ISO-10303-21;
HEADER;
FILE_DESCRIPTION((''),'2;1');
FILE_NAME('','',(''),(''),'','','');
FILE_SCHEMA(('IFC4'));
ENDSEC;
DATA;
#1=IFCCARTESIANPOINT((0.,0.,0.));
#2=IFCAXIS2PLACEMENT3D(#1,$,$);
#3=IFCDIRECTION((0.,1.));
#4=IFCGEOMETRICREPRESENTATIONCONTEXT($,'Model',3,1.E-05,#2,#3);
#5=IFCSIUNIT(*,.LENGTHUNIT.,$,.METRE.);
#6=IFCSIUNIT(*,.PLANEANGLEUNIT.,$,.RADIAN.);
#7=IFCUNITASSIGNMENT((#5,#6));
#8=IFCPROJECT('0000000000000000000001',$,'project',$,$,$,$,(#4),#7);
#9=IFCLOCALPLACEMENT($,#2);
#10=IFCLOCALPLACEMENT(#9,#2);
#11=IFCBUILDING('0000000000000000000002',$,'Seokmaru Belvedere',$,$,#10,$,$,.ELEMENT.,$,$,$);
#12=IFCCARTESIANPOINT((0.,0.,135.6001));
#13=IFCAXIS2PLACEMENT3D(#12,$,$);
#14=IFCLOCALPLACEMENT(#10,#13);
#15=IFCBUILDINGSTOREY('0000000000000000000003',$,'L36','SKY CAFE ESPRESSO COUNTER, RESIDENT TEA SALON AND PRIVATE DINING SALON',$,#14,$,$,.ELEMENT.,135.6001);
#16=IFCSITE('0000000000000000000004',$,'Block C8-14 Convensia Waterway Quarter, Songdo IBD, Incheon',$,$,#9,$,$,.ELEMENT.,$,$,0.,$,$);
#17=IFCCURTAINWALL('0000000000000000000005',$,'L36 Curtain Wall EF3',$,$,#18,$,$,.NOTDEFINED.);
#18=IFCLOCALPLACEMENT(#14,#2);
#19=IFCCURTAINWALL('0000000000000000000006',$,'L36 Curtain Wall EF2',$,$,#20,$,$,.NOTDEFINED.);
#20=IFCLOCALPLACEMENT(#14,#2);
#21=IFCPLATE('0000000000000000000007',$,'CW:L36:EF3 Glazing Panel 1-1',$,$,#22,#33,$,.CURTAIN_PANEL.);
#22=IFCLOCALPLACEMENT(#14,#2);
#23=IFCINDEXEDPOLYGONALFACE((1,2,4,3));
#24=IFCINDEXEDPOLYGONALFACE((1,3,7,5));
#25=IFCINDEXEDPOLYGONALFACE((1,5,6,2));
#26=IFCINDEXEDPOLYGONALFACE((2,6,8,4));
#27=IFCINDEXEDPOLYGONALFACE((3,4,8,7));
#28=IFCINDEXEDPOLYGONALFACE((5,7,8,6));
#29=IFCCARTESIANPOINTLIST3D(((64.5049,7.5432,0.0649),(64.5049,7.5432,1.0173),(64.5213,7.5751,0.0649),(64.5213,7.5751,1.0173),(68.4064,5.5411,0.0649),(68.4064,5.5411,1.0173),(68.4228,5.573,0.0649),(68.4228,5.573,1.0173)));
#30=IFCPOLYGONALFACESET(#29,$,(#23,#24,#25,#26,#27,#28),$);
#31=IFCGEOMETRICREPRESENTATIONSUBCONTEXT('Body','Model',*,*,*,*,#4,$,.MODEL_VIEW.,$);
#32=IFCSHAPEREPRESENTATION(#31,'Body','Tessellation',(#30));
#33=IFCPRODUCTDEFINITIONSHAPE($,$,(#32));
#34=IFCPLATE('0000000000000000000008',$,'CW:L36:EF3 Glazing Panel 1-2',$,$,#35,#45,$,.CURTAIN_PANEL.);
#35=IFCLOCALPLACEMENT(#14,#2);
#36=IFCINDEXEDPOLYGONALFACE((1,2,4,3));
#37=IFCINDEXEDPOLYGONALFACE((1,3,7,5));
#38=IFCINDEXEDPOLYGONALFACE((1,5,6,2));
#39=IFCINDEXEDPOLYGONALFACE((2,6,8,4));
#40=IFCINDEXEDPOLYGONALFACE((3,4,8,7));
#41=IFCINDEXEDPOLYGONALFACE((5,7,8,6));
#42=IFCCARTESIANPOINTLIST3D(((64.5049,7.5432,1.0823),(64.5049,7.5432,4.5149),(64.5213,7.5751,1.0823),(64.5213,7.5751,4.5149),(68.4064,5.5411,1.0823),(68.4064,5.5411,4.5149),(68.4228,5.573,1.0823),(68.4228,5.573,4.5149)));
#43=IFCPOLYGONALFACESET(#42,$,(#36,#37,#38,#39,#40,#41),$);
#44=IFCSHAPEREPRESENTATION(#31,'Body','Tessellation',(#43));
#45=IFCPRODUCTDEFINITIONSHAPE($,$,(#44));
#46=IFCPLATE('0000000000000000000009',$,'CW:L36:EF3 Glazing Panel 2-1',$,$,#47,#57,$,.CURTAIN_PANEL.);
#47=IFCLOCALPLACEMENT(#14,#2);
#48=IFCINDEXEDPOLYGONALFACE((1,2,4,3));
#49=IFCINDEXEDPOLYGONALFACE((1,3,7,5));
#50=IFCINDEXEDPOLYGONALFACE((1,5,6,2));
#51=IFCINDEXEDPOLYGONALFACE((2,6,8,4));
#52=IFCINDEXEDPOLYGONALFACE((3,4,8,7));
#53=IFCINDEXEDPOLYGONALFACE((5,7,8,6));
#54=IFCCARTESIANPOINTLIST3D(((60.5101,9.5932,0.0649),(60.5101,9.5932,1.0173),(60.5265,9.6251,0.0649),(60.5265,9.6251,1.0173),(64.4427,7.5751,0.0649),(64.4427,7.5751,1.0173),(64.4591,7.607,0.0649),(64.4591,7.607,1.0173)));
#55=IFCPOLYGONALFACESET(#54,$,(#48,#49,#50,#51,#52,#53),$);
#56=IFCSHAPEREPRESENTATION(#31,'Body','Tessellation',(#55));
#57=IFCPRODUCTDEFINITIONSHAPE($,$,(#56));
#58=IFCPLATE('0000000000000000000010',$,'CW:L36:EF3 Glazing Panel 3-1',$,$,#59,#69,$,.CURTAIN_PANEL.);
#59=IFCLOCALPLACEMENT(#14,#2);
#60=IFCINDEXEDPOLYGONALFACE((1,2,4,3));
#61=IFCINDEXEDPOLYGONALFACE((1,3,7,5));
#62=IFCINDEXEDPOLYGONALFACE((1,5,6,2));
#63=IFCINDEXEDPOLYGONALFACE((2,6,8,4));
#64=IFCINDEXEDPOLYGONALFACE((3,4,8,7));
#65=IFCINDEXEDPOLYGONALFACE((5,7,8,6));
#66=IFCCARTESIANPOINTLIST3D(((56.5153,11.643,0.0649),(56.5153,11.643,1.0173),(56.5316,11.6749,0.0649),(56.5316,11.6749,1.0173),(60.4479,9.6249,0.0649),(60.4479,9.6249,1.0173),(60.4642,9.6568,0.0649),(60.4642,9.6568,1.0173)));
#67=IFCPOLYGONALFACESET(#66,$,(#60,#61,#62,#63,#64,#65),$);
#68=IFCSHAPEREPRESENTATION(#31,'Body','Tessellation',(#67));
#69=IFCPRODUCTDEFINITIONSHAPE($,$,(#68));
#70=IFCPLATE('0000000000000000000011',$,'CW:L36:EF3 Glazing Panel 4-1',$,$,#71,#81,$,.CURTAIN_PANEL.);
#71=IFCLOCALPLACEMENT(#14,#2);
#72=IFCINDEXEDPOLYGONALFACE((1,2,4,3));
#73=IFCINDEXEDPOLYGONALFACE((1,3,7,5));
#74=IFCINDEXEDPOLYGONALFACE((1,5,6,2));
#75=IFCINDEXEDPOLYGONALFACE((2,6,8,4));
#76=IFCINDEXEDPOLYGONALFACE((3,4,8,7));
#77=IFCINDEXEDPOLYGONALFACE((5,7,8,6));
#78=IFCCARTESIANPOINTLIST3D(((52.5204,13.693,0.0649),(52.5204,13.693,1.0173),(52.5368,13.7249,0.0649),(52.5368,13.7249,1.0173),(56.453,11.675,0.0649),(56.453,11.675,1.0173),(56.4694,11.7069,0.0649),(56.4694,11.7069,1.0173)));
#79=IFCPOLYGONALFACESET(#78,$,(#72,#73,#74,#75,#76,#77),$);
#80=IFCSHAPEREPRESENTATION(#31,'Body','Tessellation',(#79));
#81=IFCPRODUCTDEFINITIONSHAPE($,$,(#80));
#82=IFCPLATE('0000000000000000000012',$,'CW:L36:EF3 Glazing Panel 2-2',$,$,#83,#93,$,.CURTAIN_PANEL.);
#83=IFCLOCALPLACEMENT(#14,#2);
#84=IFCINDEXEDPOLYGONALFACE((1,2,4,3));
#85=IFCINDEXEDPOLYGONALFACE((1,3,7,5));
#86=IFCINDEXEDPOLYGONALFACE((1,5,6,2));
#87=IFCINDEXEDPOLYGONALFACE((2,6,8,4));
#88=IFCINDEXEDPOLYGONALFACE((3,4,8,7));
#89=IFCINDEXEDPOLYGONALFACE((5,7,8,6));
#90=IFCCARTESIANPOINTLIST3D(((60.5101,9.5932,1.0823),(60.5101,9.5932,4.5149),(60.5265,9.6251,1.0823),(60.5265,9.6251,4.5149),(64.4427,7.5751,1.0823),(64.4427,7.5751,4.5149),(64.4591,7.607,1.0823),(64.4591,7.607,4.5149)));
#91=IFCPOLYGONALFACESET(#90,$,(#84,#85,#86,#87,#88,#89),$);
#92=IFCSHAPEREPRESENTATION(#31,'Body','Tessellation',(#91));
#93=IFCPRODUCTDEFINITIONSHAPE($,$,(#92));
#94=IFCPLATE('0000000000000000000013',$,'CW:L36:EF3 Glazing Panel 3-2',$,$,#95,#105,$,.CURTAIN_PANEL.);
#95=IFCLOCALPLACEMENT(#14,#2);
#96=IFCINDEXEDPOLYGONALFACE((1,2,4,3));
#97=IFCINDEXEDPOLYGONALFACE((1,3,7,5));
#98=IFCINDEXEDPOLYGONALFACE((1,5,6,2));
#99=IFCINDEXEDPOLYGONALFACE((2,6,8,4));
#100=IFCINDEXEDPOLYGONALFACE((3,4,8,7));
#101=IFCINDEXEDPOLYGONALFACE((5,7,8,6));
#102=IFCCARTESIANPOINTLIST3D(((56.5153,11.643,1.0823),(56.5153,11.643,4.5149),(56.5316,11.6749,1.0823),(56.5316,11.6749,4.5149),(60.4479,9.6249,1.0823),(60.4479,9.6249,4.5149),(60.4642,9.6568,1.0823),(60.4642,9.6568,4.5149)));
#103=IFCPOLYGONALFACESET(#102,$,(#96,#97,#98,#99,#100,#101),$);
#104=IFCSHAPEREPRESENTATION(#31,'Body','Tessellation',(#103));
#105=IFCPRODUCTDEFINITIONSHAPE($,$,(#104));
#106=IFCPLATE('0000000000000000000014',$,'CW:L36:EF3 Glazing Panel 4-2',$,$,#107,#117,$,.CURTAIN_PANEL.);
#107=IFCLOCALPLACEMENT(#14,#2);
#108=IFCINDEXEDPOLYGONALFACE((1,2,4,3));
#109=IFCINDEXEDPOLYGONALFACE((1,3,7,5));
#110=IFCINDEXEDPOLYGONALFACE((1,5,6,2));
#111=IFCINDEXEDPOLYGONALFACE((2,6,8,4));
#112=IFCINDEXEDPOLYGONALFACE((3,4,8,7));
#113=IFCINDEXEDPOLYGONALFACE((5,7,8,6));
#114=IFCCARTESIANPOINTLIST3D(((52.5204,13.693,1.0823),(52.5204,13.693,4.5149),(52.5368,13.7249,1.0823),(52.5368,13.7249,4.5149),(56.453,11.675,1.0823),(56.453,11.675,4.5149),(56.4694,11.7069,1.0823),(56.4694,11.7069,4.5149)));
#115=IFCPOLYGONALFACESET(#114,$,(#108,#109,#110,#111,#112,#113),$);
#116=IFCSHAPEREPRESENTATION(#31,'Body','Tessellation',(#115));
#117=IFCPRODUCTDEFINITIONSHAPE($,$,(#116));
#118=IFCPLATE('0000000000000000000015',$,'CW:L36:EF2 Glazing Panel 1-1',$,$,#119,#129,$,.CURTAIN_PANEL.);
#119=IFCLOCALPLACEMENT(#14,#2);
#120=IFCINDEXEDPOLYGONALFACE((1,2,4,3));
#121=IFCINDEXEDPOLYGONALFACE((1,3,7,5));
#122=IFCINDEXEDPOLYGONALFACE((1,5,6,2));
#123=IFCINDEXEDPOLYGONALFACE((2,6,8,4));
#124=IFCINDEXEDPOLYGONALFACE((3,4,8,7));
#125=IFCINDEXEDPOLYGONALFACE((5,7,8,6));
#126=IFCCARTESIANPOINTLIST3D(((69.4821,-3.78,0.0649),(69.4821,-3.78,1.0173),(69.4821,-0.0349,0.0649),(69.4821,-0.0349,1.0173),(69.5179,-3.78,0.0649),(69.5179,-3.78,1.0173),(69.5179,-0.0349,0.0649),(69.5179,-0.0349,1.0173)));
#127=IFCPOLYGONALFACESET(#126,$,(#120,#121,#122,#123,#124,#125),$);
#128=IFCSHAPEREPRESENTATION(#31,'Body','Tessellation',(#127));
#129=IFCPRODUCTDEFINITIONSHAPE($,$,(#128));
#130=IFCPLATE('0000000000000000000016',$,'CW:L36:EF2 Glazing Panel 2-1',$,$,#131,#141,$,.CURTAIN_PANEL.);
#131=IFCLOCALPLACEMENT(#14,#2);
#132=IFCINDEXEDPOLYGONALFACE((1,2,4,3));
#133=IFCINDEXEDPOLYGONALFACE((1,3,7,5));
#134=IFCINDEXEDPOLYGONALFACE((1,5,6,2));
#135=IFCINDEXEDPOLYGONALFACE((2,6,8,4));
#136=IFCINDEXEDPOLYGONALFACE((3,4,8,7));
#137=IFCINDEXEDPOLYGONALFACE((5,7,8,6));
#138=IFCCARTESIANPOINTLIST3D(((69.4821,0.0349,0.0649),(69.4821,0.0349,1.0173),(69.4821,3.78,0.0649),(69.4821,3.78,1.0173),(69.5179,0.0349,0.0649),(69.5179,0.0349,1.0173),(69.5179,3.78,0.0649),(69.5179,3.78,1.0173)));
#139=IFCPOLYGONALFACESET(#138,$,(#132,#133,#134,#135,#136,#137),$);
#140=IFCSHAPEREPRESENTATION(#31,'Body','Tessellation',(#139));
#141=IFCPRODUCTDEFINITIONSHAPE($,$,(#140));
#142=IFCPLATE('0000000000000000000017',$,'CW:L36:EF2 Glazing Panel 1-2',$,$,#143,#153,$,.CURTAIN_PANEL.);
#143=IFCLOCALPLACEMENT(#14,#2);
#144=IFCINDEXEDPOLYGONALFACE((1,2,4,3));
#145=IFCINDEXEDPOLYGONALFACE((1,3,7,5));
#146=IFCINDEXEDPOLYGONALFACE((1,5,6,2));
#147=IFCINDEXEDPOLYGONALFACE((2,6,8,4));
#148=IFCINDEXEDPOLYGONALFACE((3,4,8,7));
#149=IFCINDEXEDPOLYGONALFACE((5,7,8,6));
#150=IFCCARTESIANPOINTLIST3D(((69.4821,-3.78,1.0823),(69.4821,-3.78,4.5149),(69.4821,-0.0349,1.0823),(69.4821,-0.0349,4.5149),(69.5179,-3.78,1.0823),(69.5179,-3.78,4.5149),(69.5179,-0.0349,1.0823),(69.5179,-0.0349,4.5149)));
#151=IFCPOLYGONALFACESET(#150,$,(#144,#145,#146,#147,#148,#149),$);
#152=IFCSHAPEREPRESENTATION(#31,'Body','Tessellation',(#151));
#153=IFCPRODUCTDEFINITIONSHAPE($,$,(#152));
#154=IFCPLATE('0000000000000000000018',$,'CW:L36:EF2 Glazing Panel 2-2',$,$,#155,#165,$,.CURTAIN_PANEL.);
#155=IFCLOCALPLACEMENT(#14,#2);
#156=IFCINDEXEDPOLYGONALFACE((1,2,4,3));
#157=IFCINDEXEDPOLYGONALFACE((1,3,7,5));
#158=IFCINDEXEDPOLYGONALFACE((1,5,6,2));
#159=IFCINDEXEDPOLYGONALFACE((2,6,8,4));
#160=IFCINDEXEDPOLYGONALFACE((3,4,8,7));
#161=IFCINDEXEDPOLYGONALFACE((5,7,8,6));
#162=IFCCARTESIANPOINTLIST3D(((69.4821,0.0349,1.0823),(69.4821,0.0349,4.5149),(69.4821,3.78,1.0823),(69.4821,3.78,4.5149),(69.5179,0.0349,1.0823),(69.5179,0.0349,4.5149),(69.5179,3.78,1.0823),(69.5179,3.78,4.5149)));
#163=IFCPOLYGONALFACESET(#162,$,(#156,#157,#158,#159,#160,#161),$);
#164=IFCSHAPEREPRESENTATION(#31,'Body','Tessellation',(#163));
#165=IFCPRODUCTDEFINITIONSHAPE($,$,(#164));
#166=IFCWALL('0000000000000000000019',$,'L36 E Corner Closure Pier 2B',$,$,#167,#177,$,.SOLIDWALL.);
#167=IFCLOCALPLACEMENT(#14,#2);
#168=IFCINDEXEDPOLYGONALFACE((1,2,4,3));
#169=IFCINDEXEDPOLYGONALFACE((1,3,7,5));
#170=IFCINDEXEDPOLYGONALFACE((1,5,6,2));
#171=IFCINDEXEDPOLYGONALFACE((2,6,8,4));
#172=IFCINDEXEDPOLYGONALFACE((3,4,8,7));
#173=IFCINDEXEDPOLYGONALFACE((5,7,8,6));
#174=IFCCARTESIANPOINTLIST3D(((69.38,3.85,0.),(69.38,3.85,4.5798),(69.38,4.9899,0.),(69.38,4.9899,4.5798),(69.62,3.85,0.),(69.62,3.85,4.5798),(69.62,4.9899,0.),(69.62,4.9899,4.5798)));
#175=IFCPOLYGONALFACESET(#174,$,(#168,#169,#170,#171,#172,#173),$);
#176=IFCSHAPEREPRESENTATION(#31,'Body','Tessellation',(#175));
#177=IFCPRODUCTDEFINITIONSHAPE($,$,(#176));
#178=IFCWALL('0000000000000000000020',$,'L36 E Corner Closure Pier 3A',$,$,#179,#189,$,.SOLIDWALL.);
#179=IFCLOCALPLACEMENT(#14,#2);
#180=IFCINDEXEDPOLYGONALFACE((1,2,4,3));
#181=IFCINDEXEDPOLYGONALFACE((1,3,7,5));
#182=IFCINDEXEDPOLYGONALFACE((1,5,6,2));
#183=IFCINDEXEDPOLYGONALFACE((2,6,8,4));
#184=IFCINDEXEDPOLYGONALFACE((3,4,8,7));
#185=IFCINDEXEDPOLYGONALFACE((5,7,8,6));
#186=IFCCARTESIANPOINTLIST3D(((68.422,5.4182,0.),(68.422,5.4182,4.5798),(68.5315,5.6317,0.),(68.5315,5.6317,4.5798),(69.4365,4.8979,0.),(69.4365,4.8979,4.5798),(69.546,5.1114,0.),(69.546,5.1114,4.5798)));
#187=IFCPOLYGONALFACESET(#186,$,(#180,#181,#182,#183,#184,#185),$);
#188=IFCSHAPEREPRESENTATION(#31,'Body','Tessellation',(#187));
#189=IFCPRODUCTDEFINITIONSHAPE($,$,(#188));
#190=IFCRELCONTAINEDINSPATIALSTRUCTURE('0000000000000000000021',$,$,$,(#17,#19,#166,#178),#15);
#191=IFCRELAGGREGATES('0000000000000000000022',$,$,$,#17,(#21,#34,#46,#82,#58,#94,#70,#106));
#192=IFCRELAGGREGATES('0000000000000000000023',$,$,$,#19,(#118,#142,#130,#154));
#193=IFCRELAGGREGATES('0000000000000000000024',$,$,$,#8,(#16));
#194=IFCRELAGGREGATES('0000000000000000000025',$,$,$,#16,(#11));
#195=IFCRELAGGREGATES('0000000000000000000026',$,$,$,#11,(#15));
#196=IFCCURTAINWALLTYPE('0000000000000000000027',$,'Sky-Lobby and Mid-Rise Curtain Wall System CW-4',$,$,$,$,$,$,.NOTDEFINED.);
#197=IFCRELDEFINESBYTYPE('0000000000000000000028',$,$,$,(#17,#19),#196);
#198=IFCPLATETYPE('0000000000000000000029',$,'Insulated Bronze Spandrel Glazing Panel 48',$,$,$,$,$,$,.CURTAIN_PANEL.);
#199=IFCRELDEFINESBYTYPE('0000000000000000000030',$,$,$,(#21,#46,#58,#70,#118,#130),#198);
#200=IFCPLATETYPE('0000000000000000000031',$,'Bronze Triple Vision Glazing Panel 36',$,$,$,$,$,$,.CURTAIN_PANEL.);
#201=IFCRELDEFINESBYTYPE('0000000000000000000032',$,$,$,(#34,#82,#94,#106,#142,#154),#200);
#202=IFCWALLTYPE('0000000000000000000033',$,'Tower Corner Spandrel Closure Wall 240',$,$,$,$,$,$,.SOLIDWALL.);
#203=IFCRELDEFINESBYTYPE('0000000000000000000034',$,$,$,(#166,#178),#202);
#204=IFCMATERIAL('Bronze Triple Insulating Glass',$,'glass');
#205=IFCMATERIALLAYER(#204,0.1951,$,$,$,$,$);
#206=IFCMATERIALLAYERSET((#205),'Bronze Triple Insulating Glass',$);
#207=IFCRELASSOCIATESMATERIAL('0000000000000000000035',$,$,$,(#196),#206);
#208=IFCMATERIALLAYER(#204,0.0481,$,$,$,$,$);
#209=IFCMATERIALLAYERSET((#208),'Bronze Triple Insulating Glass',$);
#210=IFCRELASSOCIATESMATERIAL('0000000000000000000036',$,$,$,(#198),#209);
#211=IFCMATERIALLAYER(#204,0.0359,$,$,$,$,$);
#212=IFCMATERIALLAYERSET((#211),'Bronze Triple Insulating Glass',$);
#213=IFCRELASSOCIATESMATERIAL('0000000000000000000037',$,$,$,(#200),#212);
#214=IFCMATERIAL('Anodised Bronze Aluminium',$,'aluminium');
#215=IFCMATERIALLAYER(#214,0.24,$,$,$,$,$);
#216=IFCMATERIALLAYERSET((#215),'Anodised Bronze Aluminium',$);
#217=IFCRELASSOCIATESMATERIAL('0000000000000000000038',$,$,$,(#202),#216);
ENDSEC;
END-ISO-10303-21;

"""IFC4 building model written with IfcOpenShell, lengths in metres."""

from ifc_helpers import new_model, si_unit, direction, frame, frame_2d, origin, origin_2d, place, context, subcontext, project, spatial, rectangle, extrude, source, transform, mapped, material, layer, layer_set, type_object, type_shapes, element, aggregate, save


model = new_model("IFC4")

# Units and contexts
model_context = context("Model", 3, precision=1e-05, world=origin(), true_north=direction((0.0, 1.0)))
body_context = subcontext(model_context, "Body", "Model", "MODEL_VIEW")
ifc_project = project(units=[si_unit("LENGTHUNIT", "METRE"), si_unit("PLANEANGLEUNIT", "RADIAN")], contexts=[model_context])

# Site, building, storey
site_placement = place(None, origin())
site = spatial("IfcSite", under=ifc_project, at=site_placement, Name="Block C8-14 Convensia Waterway Quarter, Songdo IBD, Incheon", CompositionType="ELEMENT", RefElevation=0.0)
building_placement = place(site_placement, origin())
building = spatial("IfcBuilding", under=site, at=building_placement, Name="Seokmaru Belvedere", CompositionType="ELEMENT")
storey_placement = place(building_placement, frame((0.0, 0.0, 135.6001)))
storey = spatial("IfcBuildingStorey", under=building, at=storey_placement, Name="L36", Description="SKY CAFE ESPRESSO COUNTER, RESIDENT TEA SALON AND PRIVATE DINING SALON", CompositionType="ELEMENT", Elevation=135.6001)

# Curtain wall
ifc_material_1 = material(Name="Bronze Triple Insulating Glass", Category="glass")
ifc_layer_1 = layer(ifc_material_1, 0.1951)
ifc_layer_set_1 = layer_set([ifc_layer_1], Name="Bronze Triple Insulating Glass")
curtain_wall_type = type_object("IfcCurtainWallType", Name="Sky-Lobby and Mid-Rise Curtain Wall System CW-4", PredefinedType="NOTDEFINED", material=ifc_layer_set_1)
curtain_wall_1_placement = place(storey_placement, origin())
curtain_wall_1 = element("IfcCurtainWall", 1, at=curtain_wall_1_placement, inside=storey, type_object=curtain_wall_type, Name="L36 Curtain Wall EF3", PredefinedType="NOTDEFINED")
ifc_material_2 = material(Name="Anodised Bronze Aluminium", Category="aluminium")

# Curtain wall
curtain_wall_2_placement = place(storey_placement, origin())
curtain_wall_2 = element("IfcCurtainWall", 2, at=curtain_wall_2_placement, inside=storey, type_object=curtain_wall_type, Name="L36 Curtain Wall EF2", PredefinedType="NOTDEFINED")

# Plates
ifc_layer_2 = layer(ifc_material_1, 0.0481)
ifc_layer_set_2 = layer_set([ifc_layer_2], Name="Bronze Triple Insulating Glass")
plate_type_1 = type_object("IfcPlateType", Name="Insulated Bronze Spandrel Glazing Panel 48", PredefinedType="CURTAIN_PANEL", material=ifc_layer_set_2)
shared_shape_1 = source(origin(), body_context, "Body", "SweptSolid", [
    extrude(rectangle(XDim=4.3853, YDim=0.0359, at=origin_2d()), origin(), (0.0, 0.0, 1.0), 0.9524),
])
plate_1_placement = place(storey_placement, frame((66.4639, 6.5581, 0.0649), z_axis=(0.0, 0.0, 1.0), x_axis=(-0.889695, 0.456555, 0.0)))
plate_1 = element("IfcPlate", 3, at=plate_1_placement, type_object=plate_type_1, Name="CW:L36:EF3 Glazing Panel 1-1", PredefinedType="CURTAIN_PANEL", context=body_context, shape_type="MappedRepresentation", body=[
    mapped(shared_shape_1, transform((0.0, 0.0, 0.0), scale=1.0)),
])
ifc_layer_3 = layer(ifc_material_1, 0.0359)
ifc_layer_set_3 = layer_set([ifc_layer_3], Name="Bronze Triple Insulating Glass")
plate_type_2 = type_object("IfcPlateType", Name="Bronze Triple Vision Glazing Panel 36", PredefinedType="CURTAIN_PANEL", material=ifc_layer_set_3)
shared_shape_2 = source(origin(), body_context, "Body", "SweptSolid", [
    extrude(rectangle(XDim=4.3853, YDim=0.0359, at=origin_2d()), origin(), (0.0, 0.0, 1.0), 3.4326),
])
plate_2_placement = place(storey_placement, frame((66.4639, 6.5581, 1.0823), z_axis=(0.0, 0.0, 1.0), x_axis=(-0.889695, 0.456555, 0.0)))
plate_2 = element("IfcPlate", 4, at=plate_2_placement, type_object=plate_type_2, Name="CW:L36:EF3 Glazing Panel 1-2", PredefinedType="CURTAIN_PANEL", context=body_context, shape_type="MappedRepresentation", body=[
    mapped(shared_shape_2, transform((0.0, 0.0, 0.0), scale=1.0)),
])
shared_shape_3 = source(origin(), body_context, "Body", "SweptSolid", [
    extrude(rectangle(XDim=4.4202, YDim=0.0359, at=origin_2d()), origin(), (0.0, 0.0, 1.0), 0.9524),
])
plate_3_placement = place(storey_placement, frame((62.4846, 8.6001, 0.0649), z_axis=(0.0, 0.0, 1.0), x_axis=(-0.889695, 0.456555, 0.0)))
plate_3 = element("IfcPlate", 5, at=plate_3_placement, type_object=plate_type_1, Name="CW:L36:EF3 Glazing Panel 2-1", PredefinedType="CURTAIN_PANEL", context=body_context, shape_type="MappedRepresentation", body=[
    mapped(shared_shape_3, transform((0.0, 0.0, 0.0), scale=1.0)),
])
plate_4_placement = place(storey_placement, frame((58.4897, 10.6499, 0.0649), z_axis=(0.0, 0.0, 1.0), x_axis=(-0.889695, 0.456555, 0.0)))
plate_4 = element("IfcPlate", 6, at=plate_4_placement, type_object=plate_type_1, Name="CW:L36:EF3 Glazing Panel 3-1", PredefinedType="CURTAIN_PANEL", context=body_context, shape_type="MappedRepresentation", body=[
    mapped(shared_shape_3, transform((0.0, 0.0, 0.0), scale=1.0)),
])
plate_5_placement = place(storey_placement, frame((54.4949, 12.7, 0.0649), z_axis=(0.0, 0.0, 1.0), x_axis=(-0.889695, 0.456555, 0.0)))
plate_5 = element("IfcPlate", 7, at=plate_5_placement, type_object=plate_type_1, Name="CW:L36:EF3 Glazing Panel 4-1", PredefinedType="CURTAIN_PANEL", context=body_context, shape_type="MappedRepresentation", body=[
    mapped(shared_shape_3, transform((0.0, 0.0, 0.0), scale=1.0)),
])
shared_shape_4 = source(origin(), body_context, "Body", "SweptSolid", [
    extrude(rectangle(XDim=4.4202, YDim=0.0359, at=origin_2d()), origin(), (0.0, 0.0, 1.0), 3.4326),
])
plate_6_placement = place(storey_placement, frame((62.4846, 8.6001, 1.0823), z_axis=(0.0, 0.0, 1.0), x_axis=(-0.889695, 0.456555, 0.0)))
plate_6 = element("IfcPlate", 8, at=plate_6_placement, type_object=plate_type_2, Name="CW:L36:EF3 Glazing Panel 2-2", PredefinedType="CURTAIN_PANEL", context=body_context, shape_type="MappedRepresentation", body=[
    mapped(shared_shape_4, transform((0.0, 0.0, 0.0), scale=1.0)),
])
plate_7_placement = place(storey_placement, frame((58.4897, 10.6499, 1.0823), z_axis=(0.0, 0.0, 1.0), x_axis=(-0.889695, 0.456555, 0.0)))
plate_7 = element("IfcPlate", 9, at=plate_7_placement, type_object=plate_type_2, Name="CW:L36:EF3 Glazing Panel 3-2", PredefinedType="CURTAIN_PANEL", context=body_context, shape_type="MappedRepresentation", body=[
    mapped(shared_shape_4, transform((0.0, 0.0, 0.0), scale=1.0)),
])
plate_8_placement = place(storey_placement, frame((54.4949, 12.7, 1.0823), z_axis=(0.0, 0.0, 1.0), x_axis=(-0.889695, 0.456555, 0.0)))
plate_8 = element("IfcPlate", 10, at=plate_8_placement, type_object=plate_type_2, Name="CW:L36:EF3 Glazing Panel 4-2", PredefinedType="CURTAIN_PANEL", context=body_context, shape_type="MappedRepresentation", body=[
    mapped(shared_shape_4, transform((0.0, 0.0, 0.0), scale=1.0)),
])
aggregate(curtain_wall_1, [plate_1, plate_2, plate_3, plate_6, plate_4, plate_7, plate_5, plate_8])
shared_shape_5 = source(origin(), body_context, "Body", "SweptSolid", [
    extrude(rectangle(XDim=3.7451, YDim=0.0359, at=origin_2d()), origin(), (0.0, 0.0, 1.0), 0.9524),
])
type_shapes(plate_type_1, [shared_shape_1, shared_shape_3, shared_shape_5])
plate_9_placement = place(storey_placement, frame((69.5, -1.9075, 0.0649), z_axis=(0.0, 0.0, 1.0), x_axis=(0.0, 1.0, 0.0)))
plate_9 = element("IfcPlate", 11, at=plate_9_placement, type_object=plate_type_1, Name="CW:L36:EF2 Glazing Panel 1-1", PredefinedType="CURTAIN_PANEL", context=body_context, shape_type="MappedRepresentation", body=[
    mapped(shared_shape_5, transform((0.0, 0.0, 0.0), scale=1.0)),
])
plate_10_placement = place(storey_placement, frame((69.5, 1.9075, 0.0649), z_axis=(0.0, 0.0, 1.0), x_axis=(0.0, 1.0, 0.0)))
plate_10 = element("IfcPlate", 12, at=plate_10_placement, type_object=plate_type_1, Name="CW:L36:EF2 Glazing Panel 2-1", PredefinedType="CURTAIN_PANEL", context=body_context, shape_type="MappedRepresentation", body=[
    mapped(shared_shape_5, transform((0.0, 0.0, 0.0), scale=1.0)),
])
shared_shape_6 = source(origin(), body_context, "Body", "SweptSolid", [
    extrude(rectangle(XDim=3.7451, YDim=0.0359, at=origin_2d()), origin(), (0.0, 0.0, 1.0), 3.4326),
])
type_shapes(plate_type_2, [shared_shape_2, shared_shape_4, shared_shape_6])
plate_11_placement = place(storey_placement, frame((69.5, -1.9075, 1.0823), z_axis=(0.0, 0.0, 1.0), x_axis=(0.0, 1.0, 0.0)))
plate_11 = element("IfcPlate", 13, at=plate_11_placement, type_object=plate_type_2, Name="CW:L36:EF2 Glazing Panel 1-2", PredefinedType="CURTAIN_PANEL", context=body_context, shape_type="MappedRepresentation", body=[
    mapped(shared_shape_6, transform((0.0, 0.0, 0.0), scale=1.0)),
])
plate_12_placement = place(storey_placement, frame((69.5, 1.9075, 1.0823), z_axis=(0.0, 0.0, 1.0), x_axis=(0.0, 1.0, 0.0)))
plate_12 = element("IfcPlate", 14, at=plate_12_placement, type_object=plate_type_2, Name="CW:L36:EF2 Glazing Panel 2-2", PredefinedType="CURTAIN_PANEL", context=body_context, shape_type="MappedRepresentation", body=[
    mapped(shared_shape_6, transform((0.0, 0.0, 0.0), scale=1.0)),
])
aggregate(curtain_wall_2, [plate_9, plate_11, plate_10, plate_12])

# Walls
ifc_layer_4 = layer(ifc_material_2, 0.24)
ifc_layer_set_4 = layer_set([ifc_layer_4], Name="Anodised Bronze Aluminium")
wall_type = type_object("IfcWallType", Name="Tower Corner Spandrel Closure Wall 240", PredefinedType="SOLIDWALL", material=ifc_layer_set_4)
wall_1_placement = place(storey_placement, frame((69.5, 3.8501, 0.0), z_axis=(0.0, 0.0, 1.0), x_axis=(0.0, 1.0, 0.0)))
element("IfcWall", 15, at=wall_1_placement, inside=storey, type_object=wall_type, Name="L36 E Corner Closure Pier 2B", PredefinedType="SOLIDWALL", context=body_context, shape_type="SweptSolid", body=[
    extrude(rectangle(XDim=1.1399, YDim=0.24, at=frame_2d((0.5698, 0.0))), origin(), (0.0, 0.0, 1.0), 4.5798),
])
wall_2_placement = place(storey_placement, frame((69.4912, 5.0046, 0.0), z_axis=(0.0, 0.0, 1.0), x_axis=(-0.889797, 0.456356, 0.0)))
element("IfcWall", 16, at=wall_2_placement, inside=storey, type_object=wall_type, Name="L36 E Corner Closure Pier 3A", PredefinedType="SOLIDWALL", context=body_context, shape_type="SweptSolid", body=[
    extrude(rectangle(XDim=1.1401, YDim=0.24, at=frame_2d((0.5701, 0.0))), origin(), (0.0, 0.0, 1.0), 4.5798),
])

save(model, "model.ifc")
